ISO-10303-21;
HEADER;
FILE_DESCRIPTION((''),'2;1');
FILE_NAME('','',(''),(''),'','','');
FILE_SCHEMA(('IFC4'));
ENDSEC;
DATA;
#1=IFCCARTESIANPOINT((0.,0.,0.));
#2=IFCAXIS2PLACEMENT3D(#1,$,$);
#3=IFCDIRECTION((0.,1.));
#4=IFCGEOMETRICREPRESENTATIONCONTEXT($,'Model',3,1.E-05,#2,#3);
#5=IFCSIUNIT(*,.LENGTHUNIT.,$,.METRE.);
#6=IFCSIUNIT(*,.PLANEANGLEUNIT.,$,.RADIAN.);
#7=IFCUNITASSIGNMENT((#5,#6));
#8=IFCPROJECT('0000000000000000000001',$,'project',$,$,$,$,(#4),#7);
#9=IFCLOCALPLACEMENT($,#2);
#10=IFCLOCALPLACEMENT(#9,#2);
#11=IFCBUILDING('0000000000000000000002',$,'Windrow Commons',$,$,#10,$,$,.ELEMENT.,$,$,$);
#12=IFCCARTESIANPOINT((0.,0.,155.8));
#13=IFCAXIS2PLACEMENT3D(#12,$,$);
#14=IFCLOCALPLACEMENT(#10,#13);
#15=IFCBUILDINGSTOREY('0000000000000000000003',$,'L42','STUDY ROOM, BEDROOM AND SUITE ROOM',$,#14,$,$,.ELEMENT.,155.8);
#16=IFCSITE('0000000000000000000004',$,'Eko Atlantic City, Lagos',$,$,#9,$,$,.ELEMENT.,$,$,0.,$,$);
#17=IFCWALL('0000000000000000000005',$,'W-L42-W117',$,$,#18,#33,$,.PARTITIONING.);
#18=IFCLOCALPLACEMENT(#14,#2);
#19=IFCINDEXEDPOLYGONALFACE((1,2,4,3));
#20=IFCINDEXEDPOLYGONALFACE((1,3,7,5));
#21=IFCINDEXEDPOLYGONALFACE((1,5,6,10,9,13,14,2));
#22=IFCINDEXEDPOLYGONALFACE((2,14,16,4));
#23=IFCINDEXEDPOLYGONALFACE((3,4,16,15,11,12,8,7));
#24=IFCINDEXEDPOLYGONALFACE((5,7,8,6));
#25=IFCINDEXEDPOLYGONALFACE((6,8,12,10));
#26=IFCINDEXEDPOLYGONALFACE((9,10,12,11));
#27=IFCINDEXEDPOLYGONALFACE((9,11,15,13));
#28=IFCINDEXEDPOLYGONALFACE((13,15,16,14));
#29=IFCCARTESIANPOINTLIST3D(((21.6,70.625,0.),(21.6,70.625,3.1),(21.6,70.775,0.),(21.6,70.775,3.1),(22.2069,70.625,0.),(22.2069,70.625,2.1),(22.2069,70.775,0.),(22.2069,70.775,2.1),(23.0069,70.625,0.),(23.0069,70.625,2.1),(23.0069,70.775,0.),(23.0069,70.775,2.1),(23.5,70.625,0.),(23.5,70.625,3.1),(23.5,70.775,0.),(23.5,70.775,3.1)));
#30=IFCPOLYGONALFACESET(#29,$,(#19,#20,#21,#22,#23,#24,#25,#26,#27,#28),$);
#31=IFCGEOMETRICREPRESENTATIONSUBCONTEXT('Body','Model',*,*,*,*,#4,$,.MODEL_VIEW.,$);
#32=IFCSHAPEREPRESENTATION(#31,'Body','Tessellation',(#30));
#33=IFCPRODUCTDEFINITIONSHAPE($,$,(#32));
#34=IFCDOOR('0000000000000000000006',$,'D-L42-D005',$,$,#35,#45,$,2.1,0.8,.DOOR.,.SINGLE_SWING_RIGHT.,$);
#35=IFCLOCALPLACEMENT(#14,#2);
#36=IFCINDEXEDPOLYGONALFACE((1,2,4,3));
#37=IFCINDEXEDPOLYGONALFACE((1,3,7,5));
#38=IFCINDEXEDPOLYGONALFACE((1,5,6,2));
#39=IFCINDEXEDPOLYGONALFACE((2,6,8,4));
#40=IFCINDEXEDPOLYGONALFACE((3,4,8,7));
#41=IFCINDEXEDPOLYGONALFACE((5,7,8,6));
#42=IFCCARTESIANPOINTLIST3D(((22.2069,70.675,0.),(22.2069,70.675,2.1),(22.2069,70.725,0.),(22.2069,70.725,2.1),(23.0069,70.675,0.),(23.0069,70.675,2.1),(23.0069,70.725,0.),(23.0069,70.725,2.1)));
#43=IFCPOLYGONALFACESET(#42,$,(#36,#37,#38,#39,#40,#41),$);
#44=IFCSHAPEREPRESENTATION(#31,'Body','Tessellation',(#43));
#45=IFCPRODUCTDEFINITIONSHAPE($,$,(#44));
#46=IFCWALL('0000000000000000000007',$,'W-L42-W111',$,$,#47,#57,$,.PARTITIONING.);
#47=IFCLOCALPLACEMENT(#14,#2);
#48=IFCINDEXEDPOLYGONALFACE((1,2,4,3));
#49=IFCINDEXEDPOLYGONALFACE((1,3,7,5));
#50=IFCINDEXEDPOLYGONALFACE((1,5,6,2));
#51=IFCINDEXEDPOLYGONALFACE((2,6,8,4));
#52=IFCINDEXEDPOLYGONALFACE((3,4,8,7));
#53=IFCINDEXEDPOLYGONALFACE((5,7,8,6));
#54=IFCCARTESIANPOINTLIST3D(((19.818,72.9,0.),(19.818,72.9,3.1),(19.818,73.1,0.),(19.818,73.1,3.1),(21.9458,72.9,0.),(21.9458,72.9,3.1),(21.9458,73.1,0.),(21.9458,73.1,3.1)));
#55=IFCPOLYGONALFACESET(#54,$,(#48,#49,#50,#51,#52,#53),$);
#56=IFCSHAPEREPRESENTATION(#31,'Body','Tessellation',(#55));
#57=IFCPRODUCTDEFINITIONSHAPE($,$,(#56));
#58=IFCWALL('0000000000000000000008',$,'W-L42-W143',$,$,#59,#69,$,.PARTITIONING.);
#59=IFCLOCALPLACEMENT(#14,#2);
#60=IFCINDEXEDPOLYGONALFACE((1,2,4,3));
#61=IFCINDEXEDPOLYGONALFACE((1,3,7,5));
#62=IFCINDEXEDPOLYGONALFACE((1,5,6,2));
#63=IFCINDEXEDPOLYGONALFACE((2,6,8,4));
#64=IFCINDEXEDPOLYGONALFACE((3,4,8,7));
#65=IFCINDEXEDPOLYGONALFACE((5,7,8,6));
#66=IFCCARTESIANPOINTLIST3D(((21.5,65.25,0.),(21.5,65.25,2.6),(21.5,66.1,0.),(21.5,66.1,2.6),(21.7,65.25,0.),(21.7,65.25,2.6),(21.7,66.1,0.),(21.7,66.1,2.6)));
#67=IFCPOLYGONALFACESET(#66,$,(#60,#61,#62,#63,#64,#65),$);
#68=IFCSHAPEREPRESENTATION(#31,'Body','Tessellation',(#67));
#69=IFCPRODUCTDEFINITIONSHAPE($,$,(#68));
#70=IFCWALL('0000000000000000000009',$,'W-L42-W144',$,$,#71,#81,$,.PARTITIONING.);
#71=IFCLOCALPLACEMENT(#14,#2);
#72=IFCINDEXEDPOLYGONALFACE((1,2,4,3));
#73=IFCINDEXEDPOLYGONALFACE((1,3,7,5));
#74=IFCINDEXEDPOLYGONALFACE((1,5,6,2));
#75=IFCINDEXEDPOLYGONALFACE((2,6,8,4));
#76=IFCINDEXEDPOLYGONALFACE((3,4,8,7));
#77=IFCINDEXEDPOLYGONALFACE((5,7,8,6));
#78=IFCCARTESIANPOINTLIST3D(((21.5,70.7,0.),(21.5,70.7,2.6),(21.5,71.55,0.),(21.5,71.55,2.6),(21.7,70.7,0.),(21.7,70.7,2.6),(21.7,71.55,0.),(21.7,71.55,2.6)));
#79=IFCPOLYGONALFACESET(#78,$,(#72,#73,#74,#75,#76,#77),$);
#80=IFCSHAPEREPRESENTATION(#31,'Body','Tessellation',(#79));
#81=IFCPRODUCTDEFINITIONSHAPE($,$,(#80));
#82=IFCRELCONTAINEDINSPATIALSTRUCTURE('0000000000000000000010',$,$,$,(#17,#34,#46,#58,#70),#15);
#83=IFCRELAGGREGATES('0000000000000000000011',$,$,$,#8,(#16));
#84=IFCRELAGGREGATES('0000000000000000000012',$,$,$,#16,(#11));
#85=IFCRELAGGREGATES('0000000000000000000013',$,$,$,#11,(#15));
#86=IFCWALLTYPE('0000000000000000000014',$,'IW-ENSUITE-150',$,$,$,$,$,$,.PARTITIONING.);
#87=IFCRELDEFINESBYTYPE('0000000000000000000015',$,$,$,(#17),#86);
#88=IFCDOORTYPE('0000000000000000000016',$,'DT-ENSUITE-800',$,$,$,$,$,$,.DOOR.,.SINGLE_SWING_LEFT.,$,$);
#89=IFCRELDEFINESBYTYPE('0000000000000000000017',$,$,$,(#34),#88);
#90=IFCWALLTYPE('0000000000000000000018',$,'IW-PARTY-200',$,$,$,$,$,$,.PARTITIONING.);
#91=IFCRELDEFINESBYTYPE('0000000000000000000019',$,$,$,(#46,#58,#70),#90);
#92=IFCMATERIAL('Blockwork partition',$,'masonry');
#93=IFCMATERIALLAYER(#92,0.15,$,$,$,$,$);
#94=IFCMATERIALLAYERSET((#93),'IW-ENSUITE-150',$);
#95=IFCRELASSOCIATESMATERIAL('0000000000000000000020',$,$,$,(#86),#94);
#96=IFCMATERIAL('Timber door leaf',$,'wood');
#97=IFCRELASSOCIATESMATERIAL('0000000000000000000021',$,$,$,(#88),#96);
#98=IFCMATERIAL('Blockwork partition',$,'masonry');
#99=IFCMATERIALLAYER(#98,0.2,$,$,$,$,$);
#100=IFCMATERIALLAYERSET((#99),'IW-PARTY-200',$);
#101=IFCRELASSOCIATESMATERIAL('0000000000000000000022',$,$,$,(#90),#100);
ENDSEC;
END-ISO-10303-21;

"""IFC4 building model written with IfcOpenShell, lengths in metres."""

from ifc_helpers import new_model, si_unit, direction, frame, frame_2d, origin, place, context, subcontext, project, spatial, rectangle, extrude, material, layer, layer_set, type_object, element, fill, save


model = new_model("IFC4")

# Units and contexts
model_context = context("Model", 3, precision=1e-05, world=origin(), true_north=direction((0.0, 1.0)))
body_context = subcontext(model_context, "Body", "Model", "MODEL_VIEW")
ifc_project = project(units=[si_unit("LENGTHUNIT", "METRE"), si_unit("PLANEANGLEUNIT", "RADIAN")], contexts=[model_context])

# Site, building, storey
site_placement = place(None, origin())
site = spatial("IfcSite", under=ifc_project, at=site_placement, Name="Eko Atlantic City, Lagos", CompositionType="ELEMENT", RefElevation=0.0)
building_placement = place(site_placement, origin())
building = spatial("IfcBuilding", under=site, at=building_placement, Name="Windrow Commons", CompositionType="ELEMENT")
storey_placement = place(building_placement, frame((0.0, 0.0, 155.8)))
storey = spatial("IfcBuildingStorey", under=building, at=storey_placement, Name="L42", Description="STUDY ROOM, BEDROOM AND SUITE ROOM", CompositionType="ELEMENT", Elevation=155.8)

# Shared definitions
ifc_material_1 = material(Name="Blockwork partition", Category="masonry")
ifc_layer_1 = layer(ifc_material_1, 0.15)
ifc_layer_set_1 = layer_set([ifc_layer_1], Name="IW-ENSUITE-150")
wall_type_1 = type_object("IfcWallType", Name="IW-ENSUITE-150", PredefinedType="PARTITIONING", material=ifc_layer_set_1)

# Wall, opening, door
wall_1_placement = place(storey_placement, frame((21.6, 70.7, 0.0), z_axis=(0.0, 0.0, 1.0), x_axis=(1.0, 0.0, 0.0)))
wall_1 = element("IfcWall", 1, at=wall_1_placement, inside=storey, type_object=wall_type_1, Name="W-L42-W117", PredefinedType="PARTITIONING", context=body_context, shape_type="SweptSolid", body=[
    extrude(rectangle(XDim=1.9, YDim=0.15, at=frame_2d((0.95, 0.0))), origin(), (0.0, 0.0, 1.0), 3.1),
])
opening_1_placement = place(wall_1_placement, frame((0.6069, 0.0, 0.0)))
opening_1 = element("IfcOpeningElement", 2, at=opening_1_placement, cuts=wall_1, PredefinedType="OPENING", context=body_context, shape_type="SweptSolid", body=[
    extrude(rectangle(XDim=0.8, YDim=2.1, at=frame_2d((0.4, 1.05))), frame((0.0, 0.085, 0.0), z_axis=(0.0, -1.0, 0.0), x_axis=(1.0, 0.0, 0.0)), (0.0, 0.0, 1.0), 0.17),
])
ifc_material_2 = material(Name="Timber door leaf", Category="wood")
door_type_1 = type_object("IfcDoorType", Name="DT-ENSUITE-800", OperationType="SINGLE_SWING_LEFT", PredefinedType="DOOR", material=ifc_material_2)
door_1_placement = place(opening_1_placement, origin())
door_1 = element("IfcDoor", 3, at=door_1_placement, inside=storey, type_object=door_type_1, Name="D-L42-D005", OperationType="SINGLE_SWING_RIGHT", OverallHeight=2.1, OverallWidth=0.8, PredefinedType="DOOR", context=body_context, shape_type="SweptSolid", body=[
    extrude(rectangle(XDim=0.8, YDim=2.1, at=frame_2d((0.4, 1.05))), frame((0.0, 0.025, 0.0), z_axis=(0.0, -1.0, 0.0), x_axis=(1.0, 0.0, 0.0)), (0.0, 0.0, 1.0), 0.05),
])
fill(opening_1, door_1)

# Walls
ifc_material_3 = material(Name="Blockwork partition", Category="masonry")
ifc_layer_2 = layer(ifc_material_3, 0.2)
ifc_layer_set_2 = layer_set([ifc_layer_2], Name="IW-PARTY-200")
wall_type_2 = type_object("IfcWallType", Name="IW-PARTY-200", PredefinedType="PARTITIONING", material=ifc_layer_set_2)
wall_2_placement = place(storey_placement, frame((19.818, 73.0, 0.0), z_axis=(0.0, 0.0, 1.0), x_axis=(1.0, 0.0, 0.0)))
element("IfcWall", 4, at=wall_2_placement, inside=storey, type_object=wall_type_2, Name="W-L42-W111", PredefinedType="PARTITIONING", context=body_context, shape_type="SweptSolid", body=[
    extrude(rectangle(XDim=2.1279, YDim=0.2, at=frame_2d((1.0639, 0.0))), origin(), (0.0, 0.0, 1.0), 3.1),
])
for number, where, z_axis, x_axis, name in (
    (5, (21.6, 65.25, 0.0), (0.0, 0.0, 1.0), (0.0, 1.0, 0.0), "W-L42-W143"),
    (6, (21.6, 70.7, 0.0), (0.0, 0.0, 1.0), (0.0, 1.0, 0.0), "W-L42-W144"),
):
    element("IfcWall", number, at=place(storey_placement, frame(where, z_axis=z_axis, x_axis=x_axis)), inside=storey, type_object=wall_type_2, Name=name, PredefinedType="PARTITIONING", context=body_context, shape_type="SweptSolid", body=[
        extrude(rectangle(XDim=0.85, YDim=0.2, at=frame_2d((0.425, 0.0))), origin(), (0.0, 0.0, 1.0), 2.6),
    ])

save(model, "model.ifc")
